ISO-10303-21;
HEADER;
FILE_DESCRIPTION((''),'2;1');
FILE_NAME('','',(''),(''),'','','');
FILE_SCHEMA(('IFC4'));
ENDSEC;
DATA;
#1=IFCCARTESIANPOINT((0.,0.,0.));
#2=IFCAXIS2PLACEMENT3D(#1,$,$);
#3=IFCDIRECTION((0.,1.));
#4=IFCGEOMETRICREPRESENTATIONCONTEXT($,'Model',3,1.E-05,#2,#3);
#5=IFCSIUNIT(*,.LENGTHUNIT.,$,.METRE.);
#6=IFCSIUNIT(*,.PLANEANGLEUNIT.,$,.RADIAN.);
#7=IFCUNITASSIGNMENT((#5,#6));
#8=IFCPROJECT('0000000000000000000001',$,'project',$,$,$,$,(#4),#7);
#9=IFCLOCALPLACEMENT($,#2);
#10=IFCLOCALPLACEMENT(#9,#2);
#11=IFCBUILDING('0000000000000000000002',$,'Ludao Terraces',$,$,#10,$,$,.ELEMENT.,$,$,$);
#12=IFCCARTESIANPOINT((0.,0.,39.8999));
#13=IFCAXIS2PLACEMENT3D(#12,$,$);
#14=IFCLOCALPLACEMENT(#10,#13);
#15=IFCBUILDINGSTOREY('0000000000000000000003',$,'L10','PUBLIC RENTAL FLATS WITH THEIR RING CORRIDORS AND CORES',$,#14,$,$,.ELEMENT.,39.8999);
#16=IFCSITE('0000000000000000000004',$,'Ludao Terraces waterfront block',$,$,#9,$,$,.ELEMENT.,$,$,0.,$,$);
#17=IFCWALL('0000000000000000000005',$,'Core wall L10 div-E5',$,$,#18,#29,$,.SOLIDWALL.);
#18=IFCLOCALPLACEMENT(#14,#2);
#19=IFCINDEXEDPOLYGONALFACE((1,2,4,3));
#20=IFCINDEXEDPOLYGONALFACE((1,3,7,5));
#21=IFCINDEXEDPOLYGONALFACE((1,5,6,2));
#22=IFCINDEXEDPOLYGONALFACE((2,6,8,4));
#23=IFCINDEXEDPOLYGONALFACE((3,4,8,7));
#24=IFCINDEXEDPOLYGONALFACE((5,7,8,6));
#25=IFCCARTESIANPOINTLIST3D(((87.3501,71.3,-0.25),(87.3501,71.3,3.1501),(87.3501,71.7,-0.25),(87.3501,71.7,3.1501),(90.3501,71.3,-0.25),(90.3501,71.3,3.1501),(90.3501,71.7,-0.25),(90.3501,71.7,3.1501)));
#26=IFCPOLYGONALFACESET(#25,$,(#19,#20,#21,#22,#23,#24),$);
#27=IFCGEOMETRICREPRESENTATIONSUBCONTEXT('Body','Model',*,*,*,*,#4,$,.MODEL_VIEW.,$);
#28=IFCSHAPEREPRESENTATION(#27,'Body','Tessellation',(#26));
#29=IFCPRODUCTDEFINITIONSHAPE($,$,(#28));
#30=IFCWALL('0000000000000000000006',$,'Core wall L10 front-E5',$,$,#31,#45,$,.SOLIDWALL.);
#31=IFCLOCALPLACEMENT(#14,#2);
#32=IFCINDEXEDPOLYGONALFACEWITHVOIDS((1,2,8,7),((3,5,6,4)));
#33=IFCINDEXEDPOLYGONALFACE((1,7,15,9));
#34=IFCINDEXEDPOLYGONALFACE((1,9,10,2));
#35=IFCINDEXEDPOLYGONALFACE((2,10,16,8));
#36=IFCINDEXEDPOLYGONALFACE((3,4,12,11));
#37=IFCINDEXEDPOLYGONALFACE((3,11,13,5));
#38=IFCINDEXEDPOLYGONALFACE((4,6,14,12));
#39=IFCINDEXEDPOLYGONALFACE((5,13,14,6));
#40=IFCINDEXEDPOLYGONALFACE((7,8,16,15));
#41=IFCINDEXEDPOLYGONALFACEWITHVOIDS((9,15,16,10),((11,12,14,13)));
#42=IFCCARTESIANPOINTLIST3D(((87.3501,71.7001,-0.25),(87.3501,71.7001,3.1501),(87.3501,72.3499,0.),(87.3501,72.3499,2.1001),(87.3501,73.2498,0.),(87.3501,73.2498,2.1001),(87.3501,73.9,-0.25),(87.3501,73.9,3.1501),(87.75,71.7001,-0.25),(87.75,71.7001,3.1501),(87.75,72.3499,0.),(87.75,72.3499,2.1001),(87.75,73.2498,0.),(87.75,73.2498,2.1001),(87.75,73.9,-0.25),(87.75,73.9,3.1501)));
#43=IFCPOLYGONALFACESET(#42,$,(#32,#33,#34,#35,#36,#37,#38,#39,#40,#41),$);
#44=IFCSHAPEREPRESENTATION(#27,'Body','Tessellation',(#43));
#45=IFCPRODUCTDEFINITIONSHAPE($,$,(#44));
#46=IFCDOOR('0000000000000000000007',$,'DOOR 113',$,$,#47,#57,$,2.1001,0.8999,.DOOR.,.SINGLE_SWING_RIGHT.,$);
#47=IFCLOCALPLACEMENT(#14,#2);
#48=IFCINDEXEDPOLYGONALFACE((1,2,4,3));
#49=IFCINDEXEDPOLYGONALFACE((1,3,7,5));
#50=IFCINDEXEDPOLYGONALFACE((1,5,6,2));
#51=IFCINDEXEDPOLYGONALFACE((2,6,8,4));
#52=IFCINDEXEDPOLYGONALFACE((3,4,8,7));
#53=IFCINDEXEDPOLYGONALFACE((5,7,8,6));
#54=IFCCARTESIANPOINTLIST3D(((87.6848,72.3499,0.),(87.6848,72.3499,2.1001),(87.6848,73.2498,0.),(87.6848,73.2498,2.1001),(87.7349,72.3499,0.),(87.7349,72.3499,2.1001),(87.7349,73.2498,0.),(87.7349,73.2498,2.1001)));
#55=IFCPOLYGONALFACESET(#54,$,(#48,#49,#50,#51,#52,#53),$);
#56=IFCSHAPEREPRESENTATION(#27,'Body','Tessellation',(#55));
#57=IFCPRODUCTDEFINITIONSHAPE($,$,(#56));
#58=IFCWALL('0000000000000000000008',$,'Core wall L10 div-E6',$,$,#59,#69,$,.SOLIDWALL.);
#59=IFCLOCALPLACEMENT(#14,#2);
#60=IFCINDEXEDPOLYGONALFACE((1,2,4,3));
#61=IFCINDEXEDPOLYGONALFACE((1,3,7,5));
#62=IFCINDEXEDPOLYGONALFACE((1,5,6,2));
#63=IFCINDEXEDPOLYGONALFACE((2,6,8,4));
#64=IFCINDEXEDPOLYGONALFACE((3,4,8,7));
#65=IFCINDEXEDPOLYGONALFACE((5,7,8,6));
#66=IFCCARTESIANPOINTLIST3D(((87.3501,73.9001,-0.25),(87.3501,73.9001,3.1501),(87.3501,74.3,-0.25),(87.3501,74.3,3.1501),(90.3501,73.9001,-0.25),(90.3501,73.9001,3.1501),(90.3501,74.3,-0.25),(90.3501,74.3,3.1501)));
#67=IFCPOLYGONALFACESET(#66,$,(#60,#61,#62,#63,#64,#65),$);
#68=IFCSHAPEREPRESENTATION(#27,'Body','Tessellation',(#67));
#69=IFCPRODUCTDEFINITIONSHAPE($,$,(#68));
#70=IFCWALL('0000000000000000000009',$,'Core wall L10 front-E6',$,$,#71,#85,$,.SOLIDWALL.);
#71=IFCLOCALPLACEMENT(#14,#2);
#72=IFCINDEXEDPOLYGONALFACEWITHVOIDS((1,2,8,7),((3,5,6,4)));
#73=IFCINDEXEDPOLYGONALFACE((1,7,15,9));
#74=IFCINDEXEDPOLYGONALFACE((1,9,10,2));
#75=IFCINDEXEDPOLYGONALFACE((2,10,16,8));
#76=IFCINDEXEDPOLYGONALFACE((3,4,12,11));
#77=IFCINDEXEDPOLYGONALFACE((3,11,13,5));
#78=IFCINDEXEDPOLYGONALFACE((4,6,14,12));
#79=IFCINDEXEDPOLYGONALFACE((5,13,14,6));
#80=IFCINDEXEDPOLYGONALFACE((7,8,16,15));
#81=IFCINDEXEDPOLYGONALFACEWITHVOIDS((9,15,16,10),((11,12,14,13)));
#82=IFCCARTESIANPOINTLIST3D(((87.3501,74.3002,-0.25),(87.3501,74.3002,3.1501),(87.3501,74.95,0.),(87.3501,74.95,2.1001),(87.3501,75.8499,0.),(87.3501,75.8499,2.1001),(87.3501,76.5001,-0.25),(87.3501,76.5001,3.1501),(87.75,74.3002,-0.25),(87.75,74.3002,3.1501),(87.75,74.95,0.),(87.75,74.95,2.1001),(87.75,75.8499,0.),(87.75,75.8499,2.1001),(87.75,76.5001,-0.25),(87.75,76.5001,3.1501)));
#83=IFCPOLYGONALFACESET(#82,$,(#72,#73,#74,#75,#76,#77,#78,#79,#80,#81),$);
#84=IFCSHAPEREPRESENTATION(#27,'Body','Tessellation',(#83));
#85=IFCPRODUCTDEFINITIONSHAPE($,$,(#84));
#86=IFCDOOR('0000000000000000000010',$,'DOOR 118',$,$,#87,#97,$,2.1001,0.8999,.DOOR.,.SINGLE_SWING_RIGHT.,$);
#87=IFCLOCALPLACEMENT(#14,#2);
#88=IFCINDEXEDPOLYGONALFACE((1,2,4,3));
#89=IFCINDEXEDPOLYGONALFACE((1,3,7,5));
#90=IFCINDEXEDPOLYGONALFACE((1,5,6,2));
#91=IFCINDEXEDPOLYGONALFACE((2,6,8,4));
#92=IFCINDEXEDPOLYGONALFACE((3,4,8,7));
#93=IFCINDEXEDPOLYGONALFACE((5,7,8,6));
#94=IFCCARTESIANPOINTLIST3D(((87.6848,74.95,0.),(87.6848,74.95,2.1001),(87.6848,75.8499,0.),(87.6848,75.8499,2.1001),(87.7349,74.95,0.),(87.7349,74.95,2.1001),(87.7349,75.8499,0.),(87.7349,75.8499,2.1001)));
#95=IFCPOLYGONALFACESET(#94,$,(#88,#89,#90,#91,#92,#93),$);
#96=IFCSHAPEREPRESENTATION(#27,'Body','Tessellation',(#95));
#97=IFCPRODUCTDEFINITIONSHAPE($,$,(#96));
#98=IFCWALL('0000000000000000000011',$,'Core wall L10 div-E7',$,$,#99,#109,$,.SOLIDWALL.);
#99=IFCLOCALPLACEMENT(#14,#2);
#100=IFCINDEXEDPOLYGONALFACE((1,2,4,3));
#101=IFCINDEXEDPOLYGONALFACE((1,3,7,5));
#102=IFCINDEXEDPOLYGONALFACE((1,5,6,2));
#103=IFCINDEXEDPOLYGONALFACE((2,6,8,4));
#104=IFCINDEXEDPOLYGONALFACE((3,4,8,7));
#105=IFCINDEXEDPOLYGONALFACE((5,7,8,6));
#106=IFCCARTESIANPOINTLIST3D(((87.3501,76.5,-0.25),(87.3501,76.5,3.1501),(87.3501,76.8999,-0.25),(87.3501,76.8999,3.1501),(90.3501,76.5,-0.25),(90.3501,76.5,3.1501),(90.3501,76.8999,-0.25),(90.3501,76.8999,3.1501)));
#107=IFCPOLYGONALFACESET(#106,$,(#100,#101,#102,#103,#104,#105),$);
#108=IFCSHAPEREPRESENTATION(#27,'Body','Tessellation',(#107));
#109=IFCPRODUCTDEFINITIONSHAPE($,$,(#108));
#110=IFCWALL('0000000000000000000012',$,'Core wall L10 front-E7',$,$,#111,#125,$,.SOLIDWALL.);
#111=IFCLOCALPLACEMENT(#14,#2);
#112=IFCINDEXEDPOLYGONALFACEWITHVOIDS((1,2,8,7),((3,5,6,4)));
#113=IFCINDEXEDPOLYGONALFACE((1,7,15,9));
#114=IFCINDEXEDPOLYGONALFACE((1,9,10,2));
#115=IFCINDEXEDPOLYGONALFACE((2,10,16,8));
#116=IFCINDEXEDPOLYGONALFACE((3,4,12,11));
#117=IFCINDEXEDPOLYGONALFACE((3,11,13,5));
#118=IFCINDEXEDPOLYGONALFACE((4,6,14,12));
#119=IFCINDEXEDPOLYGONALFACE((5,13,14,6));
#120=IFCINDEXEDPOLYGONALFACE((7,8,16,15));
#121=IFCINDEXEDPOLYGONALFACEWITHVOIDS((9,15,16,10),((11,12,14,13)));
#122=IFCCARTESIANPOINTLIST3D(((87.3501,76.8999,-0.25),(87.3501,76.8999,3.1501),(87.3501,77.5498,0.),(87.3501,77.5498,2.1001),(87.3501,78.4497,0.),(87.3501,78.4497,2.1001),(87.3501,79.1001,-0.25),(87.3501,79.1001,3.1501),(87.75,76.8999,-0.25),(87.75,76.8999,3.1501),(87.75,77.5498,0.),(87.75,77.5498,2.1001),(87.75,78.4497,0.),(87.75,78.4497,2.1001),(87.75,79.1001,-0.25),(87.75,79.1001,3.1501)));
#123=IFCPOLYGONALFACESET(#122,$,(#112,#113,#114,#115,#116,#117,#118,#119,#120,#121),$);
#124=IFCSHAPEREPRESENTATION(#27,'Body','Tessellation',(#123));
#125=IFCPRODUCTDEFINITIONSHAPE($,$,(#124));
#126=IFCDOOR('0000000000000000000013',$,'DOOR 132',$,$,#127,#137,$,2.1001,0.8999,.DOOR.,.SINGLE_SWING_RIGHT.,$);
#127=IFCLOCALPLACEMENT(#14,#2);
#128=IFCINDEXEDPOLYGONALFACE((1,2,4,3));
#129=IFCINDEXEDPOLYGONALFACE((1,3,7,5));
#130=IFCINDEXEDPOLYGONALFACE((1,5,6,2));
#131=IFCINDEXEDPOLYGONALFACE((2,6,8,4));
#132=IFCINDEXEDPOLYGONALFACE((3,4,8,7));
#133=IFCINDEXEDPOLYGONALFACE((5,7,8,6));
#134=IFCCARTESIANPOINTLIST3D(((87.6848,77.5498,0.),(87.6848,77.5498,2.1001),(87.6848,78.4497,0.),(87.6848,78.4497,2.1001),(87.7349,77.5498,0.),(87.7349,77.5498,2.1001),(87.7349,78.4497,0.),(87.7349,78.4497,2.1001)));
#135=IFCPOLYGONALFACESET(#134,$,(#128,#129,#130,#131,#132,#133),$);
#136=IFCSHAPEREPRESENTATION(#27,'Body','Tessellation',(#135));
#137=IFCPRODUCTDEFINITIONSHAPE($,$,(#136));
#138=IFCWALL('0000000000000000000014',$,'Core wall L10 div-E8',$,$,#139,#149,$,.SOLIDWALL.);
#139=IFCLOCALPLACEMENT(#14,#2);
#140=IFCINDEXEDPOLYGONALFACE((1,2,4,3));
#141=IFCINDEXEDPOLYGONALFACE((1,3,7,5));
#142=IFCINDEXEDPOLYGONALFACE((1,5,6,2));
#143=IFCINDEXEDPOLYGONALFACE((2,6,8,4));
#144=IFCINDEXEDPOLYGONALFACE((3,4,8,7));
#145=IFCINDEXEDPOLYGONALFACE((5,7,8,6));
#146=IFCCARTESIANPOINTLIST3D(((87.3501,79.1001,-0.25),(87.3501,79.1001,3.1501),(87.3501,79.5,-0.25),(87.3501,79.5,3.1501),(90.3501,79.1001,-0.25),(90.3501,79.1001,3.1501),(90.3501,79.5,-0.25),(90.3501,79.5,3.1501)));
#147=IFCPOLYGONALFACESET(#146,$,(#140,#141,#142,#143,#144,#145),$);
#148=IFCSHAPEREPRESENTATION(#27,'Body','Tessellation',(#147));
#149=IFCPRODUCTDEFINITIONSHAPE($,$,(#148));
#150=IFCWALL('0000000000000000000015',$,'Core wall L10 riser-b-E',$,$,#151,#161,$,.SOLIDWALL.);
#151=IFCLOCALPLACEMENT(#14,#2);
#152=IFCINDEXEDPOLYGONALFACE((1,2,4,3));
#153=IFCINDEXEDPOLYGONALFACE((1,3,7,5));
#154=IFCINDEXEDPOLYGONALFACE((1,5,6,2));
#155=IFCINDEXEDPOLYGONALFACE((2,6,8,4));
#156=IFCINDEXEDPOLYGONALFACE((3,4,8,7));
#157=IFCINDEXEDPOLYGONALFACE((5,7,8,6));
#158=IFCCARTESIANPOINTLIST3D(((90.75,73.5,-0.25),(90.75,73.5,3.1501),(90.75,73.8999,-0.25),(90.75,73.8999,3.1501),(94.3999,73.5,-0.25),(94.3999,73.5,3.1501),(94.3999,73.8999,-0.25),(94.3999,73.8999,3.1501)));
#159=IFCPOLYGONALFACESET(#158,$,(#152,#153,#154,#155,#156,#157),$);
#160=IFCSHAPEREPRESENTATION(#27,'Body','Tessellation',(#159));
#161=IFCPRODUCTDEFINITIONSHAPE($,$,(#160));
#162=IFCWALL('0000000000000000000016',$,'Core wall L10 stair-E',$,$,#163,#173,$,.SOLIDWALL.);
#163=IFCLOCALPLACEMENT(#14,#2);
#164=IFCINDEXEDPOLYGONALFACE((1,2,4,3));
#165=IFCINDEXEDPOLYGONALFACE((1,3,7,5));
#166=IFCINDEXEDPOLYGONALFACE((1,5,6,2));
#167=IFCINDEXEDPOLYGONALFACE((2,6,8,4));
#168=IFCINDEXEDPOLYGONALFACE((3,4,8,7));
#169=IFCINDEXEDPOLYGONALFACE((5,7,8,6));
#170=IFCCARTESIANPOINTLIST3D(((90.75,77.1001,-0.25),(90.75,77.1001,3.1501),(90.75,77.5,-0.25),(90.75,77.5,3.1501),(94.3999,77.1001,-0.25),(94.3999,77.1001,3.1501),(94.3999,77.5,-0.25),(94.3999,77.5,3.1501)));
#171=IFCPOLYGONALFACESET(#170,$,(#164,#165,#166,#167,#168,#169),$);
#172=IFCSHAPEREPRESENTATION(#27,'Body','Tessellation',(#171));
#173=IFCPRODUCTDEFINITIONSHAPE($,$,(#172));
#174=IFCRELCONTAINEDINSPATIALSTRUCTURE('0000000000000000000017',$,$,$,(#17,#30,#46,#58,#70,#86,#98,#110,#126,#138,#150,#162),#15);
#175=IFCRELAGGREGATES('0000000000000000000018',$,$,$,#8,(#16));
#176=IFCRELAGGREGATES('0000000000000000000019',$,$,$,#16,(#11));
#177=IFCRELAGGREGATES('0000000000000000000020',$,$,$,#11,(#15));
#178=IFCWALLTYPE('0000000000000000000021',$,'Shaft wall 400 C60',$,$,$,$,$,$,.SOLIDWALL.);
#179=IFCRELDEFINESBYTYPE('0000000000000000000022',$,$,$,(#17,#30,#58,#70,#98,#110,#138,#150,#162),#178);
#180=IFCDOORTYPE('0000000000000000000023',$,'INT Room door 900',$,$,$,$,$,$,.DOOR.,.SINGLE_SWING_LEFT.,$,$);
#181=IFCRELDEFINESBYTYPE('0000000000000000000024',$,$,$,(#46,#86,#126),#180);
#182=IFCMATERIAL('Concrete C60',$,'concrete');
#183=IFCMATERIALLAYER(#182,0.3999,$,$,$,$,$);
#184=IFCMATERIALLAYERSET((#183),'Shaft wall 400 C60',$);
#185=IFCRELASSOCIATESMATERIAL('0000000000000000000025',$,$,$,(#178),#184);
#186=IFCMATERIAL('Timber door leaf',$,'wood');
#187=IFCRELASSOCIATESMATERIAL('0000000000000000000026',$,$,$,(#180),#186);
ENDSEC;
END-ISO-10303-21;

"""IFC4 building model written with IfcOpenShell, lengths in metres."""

from ifc_helpers import new_model, si_unit, direction, frame, frame_2d, origin, place, context, subcontext, project, spatial, rectangle, extrude, material, layer, layer_set, type_object, element, fill, save


model = new_model("IFC4")

# Units and contexts
model_context = context("Model", 3, precision=1e-05, world=origin(), true_north=direction((0.0, 1.0)))
body_context = subcontext(model_context, "Body", "Model", "MODEL_VIEW")
ifc_project = project(units=[si_unit("LENGTHUNIT", "METRE"), si_unit("PLANEANGLEUNIT", "RADIAN")], contexts=[model_context])

# Site, building, storey
site_placement = place(None, origin())
site = spatial("IfcSite", under=ifc_project, at=site_placement, Name="Ludao Terraces waterfront block", CompositionType="ELEMENT", RefElevation=0.0)
building_placement = place(site_placement, origin())
building = spatial("IfcBuilding", under=site, at=building_placement, Name="Ludao Terraces", CompositionType="ELEMENT")
storey_placement = place(building_placement, frame((0.0, 0.0, 39.8999)))
storey = spatial("IfcBuildingStorey", under=building, at=storey_placement, Name="L10", Description="PUBLIC RENTAL FLATS WITH THEIR RING CORRIDORS AND CORES", CompositionType="ELEMENT", Elevation=39.8999)

# Wall
ifc_material_1 = material(Name="Concrete C60", Category="concrete")
ifc_layer_1 = layer(ifc_material_1, 0.3999)
ifc_layer_set_1 = layer_set([ifc_layer_1], Name="Shaft wall 400 C60")
wall_type_1 = type_object("IfcWallType", Name="Shaft wall 400 C60", PredefinedType="SOLIDWALL", material=ifc_layer_set_1)
wall_1_placement = place(storey_placement, frame((87.3501, 71.5, -0.25), z_axis=(0.0, 0.0, 1.0), x_axis=(1.0, 0.0, 0.0)))
element("IfcWall", 1, at=wall_1_placement, inside=storey, type_object=wall_type_1, Name="Core wall L10 div-E5", PredefinedType="SOLIDWALL", context=body_context, shape_type="SweptSolid", body=[
    extrude(rectangle(XDim=3.0, YDim=0.3999, at=frame_2d((1.5, 0.0))), origin(), (0.0, 0.0, 1.0), 3.4001),
])

# Wall, opening, door
wall_2_placement = place(storey_placement, frame((87.55, 71.7, -0.25), z_axis=(0.0, 0.0, 1.0), x_axis=(0.0, 1.0, 0.0)))
wall_2 = element("IfcWall", 2, at=wall_2_placement, inside=storey, type_object=wall_type_1, Name="Core wall L10 front-E5", PredefinedType="SOLIDWALL", context=body_context, shape_type="SweptSolid", body=[
    extrude(rectangle(XDim=2.2, YDim=0.3999, at=frame_2d((1.1001, 0.0))), origin(), (0.0, 0.0, 1.0), 3.4001),
])
opening_1_placement = place(wall_2_placement, frame((0.6499, 0.0, 0.25)))
opening_1 = element("IfcOpeningElement", 3, at=opening_1_placement, cuts=wall_2, PredefinedType="OPENING", context=body_context, shape_type="SweptSolid", body=[
    extrude(rectangle(XDim=0.8999, YDim=2.1001, at=frame_2d((0.45, 1.05))), frame((0.0, 0.21, 0.0), z_axis=(0.0, -1.0, 0.0), x_axis=(1.0, 0.0, 0.0)), (0.0, 0.0, 1.0), 0.4199),
])
ifc_material_2 = material(Name="Timber door leaf", Category="wood")
door_type_1 = type_object("IfcDoorType", Name="INT Room door 900", OperationType="SINGLE_SWING_LEFT", PredefinedType="DOOR", material=ifc_material_2)
door_1_placement = place(opening_1_placement, origin())
door_1 = element("IfcDoor", 4, at=door_1_placement, inside=storey, type_object=door_type_1, Name="DOOR 113", OperationType="SINGLE_SWING_RIGHT", OverallHeight=2.1001, OverallWidth=0.8999, PredefinedType="DOOR", context=body_context, shape_type="SweptSolid", body=[
    extrude(rectangle(XDim=0.8999, YDim=2.1001, at=frame_2d((0.45, 1.05))), frame((0.0, -0.1348, 0.0), z_axis=(0.0, -1.0, 0.0), x_axis=(1.0, 0.0, 0.0)), (0.0, 0.0, 1.0), 0.05),
])
fill(opening_1, door_1)

# Wall
wall_3_placement = place(storey_placement, frame((87.3501, 74.1001, -0.25), z_axis=(0.0, 0.0, 1.0), x_axis=(1.0, 0.0, 0.0)))
element("IfcWall", 5, at=wall_3_placement, inside=storey, type_object=wall_type_1, Name="Core wall L10 div-E6", PredefinedType="SOLIDWALL", context=body_context, shape_type="SweptSolid", body=[
    extrude(rectangle(XDim=3.0, YDim=0.3999, at=frame_2d((1.5, 0.0))), origin(), (0.0, 0.0, 1.0), 3.4001),
])

# Wall, opening, door
wall_4_placement = place(storey_placement, frame((87.55, 74.3, -0.25), z_axis=(0.0, 0.0, 1.0), x_axis=(0.0, 1.0, 0.0)))
wall_4 = element("IfcWall", 6, at=wall_4_placement, inside=storey, type_object=wall_type_1, Name="Core wall L10 front-E6", PredefinedType="SOLIDWALL", context=body_context, shape_type="SweptSolid", body=[
    extrude(rectangle(XDim=2.2, YDim=0.3999, at=frame_2d((1.1001, 0.0))), origin(), (0.0, 0.0, 1.0), 3.4001),
])
opening_2_placement = place(wall_4_placement, frame((0.6499, 0.0, 0.25)))
opening_2 = element("IfcOpeningElement", 7, at=opening_2_placement, cuts=wall_4, PredefinedType="OPENING", context=body_context, shape_type="SweptSolid", body=[
    extrude(rectangle(XDim=0.8999, YDim=2.1001, at=frame_2d((0.45, 1.05))), frame((0.0, 0.21, 0.0), z_axis=(0.0, -1.0, 0.0), x_axis=(1.0, 0.0, 0.0)), (0.0, 0.0, 1.0), 0.4199),
])
door_2_placement = place(opening_2_placement, origin())
door_2 = element("IfcDoor", 8, at=door_2_placement, inside=storey, type_object=door_type_1, Name="DOOR 118", OperationType="SINGLE_SWING_RIGHT", OverallHeight=2.1001, OverallWidth=0.8999, PredefinedType="DOOR", context=body_context, shape_type="SweptSolid", body=[
    extrude(rectangle(XDim=0.8999, YDim=2.1001, at=frame_2d((0.45, 1.05))), frame((0.0, -0.1348, 0.0), z_axis=(0.0, -1.0, 0.0), x_axis=(1.0, 0.0, 0.0)), (0.0, 0.0, 1.0), 0.05),
])
fill(opening_2, door_2)

# Wall
wall_5_placement = place(storey_placement, frame((87.3501, 76.7, -0.25), z_axis=(0.0, 0.0, 1.0), x_axis=(1.0, 0.0, 0.0)))
element("IfcWall", 9, at=wall_5_placement, inside=storey, type_object=wall_type_1, Name="Core wall L10 div-E7", PredefinedType="SOLIDWALL", context=body_context, shape_type="SweptSolid", body=[
    extrude(rectangle(XDim=3.0, YDim=0.3999, at=frame_2d((1.5, 0.0))), origin(), (0.0, 0.0, 1.0), 3.4001),
])

# Wall, opening, door
wall_6_placement = place(storey_placement, frame((87.55, 76.8999, -0.25), z_axis=(0.0, 0.0, 1.0), x_axis=(0.0, 1.0, 0.0)))
wall_6 = element("IfcWall", 10, at=wall_6_placement, inside=storey, type_object=wall_type_1, Name="Core wall L10 front-E7", PredefinedType="SOLIDWALL", context=body_context, shape_type="SweptSolid", body=[
    extrude(rectangle(XDim=2.2002, YDim=0.3999, at=frame_2d((1.1001, 0.0))), origin(), (0.0, 0.0, 1.0), 3.4001),
])
opening_3_placement = place(wall_6_placement, frame((0.6499, 0.0, 0.25)))
opening_3 = element("IfcOpeningElement", 11, at=opening_3_placement, cuts=wall_6, PredefinedType="OPENING", context=body_context, shape_type="SweptSolid", body=[
    extrude(rectangle(XDim=0.8999, YDim=2.1001, at=frame_2d((0.45, 1.05))), frame((0.0, 0.21, 0.0), z_axis=(0.0, -1.0, 0.0), x_axis=(1.0, 0.0, 0.0)), (0.0, 0.0, 1.0), 0.4199),
])
door_3_placement = place(opening_3_placement, origin())
door_3 = element("IfcDoor", 12, at=door_3_placement, inside=storey, type_object=door_type_1, Name="DOOR 132", OperationType="SINGLE_SWING_RIGHT", OverallHeight=2.1001, OverallWidth=0.8999, PredefinedType="DOOR", context=body_context, shape_type="SweptSolid", body=[
    extrude(rectangle(XDim=0.8999, YDim=2.1001, at=frame_2d((0.45, 1.05))), frame((0.0, -0.1348, 0.0), z_axis=(0.0, -1.0, 0.0), x_axis=(1.0, 0.0, 0.0)), (0.0, 0.0, 1.0), 0.05),
])
fill(opening_3, door_3)

# Walls
wall_7_placement = place(storey_placement, frame((87.3501, 79.3, -0.25), z_axis=(0.0, 0.0, 1.0), x_axis=(1.0, 0.0, 0.0)))
element("IfcWall", 13, at=wall_7_placement, inside=storey, type_object=wall_type_1, Name="Core wall L10 div-E8", PredefinedType="SOLIDWALL", context=body_context, shape_type="SweptSolid", body=[
    extrude(rectangle(XDim=3.0, YDim=0.3999, at=frame_2d((1.5, 0.0))), origin(), (0.0, 0.0, 1.0), 3.4001),
])
for number, where, z_axis, x_axis, name in (
    (14, (90.75, 73.7, -0.25), (0.0, 0.0, 1.0), (1.0, 0.0, 0.0), "Core wall L10 riser-b-E"),
    (15, (90.75, 77.3, -0.25), (0.0, 0.0, 1.0), (1.0, 0.0, 0.0), "Core wall L10 stair-E"),
):
    element("IfcWall", number, at=place(storey_placement, frame(where, z_axis=z_axis, x_axis=x_axis)), inside=storey, type_object=wall_type_1, Name=name, PredefinedType="SOLIDWALL", context=body_context, shape_type="SweptSolid", body=[
        extrude(rectangle(XDim=3.6499, YDim=0.3999, at=frame_2d((1.825, 0.0))), origin(), (0.0, 0.0, 1.0), 3.4001),
    ])

save(model, "model.ifc")
